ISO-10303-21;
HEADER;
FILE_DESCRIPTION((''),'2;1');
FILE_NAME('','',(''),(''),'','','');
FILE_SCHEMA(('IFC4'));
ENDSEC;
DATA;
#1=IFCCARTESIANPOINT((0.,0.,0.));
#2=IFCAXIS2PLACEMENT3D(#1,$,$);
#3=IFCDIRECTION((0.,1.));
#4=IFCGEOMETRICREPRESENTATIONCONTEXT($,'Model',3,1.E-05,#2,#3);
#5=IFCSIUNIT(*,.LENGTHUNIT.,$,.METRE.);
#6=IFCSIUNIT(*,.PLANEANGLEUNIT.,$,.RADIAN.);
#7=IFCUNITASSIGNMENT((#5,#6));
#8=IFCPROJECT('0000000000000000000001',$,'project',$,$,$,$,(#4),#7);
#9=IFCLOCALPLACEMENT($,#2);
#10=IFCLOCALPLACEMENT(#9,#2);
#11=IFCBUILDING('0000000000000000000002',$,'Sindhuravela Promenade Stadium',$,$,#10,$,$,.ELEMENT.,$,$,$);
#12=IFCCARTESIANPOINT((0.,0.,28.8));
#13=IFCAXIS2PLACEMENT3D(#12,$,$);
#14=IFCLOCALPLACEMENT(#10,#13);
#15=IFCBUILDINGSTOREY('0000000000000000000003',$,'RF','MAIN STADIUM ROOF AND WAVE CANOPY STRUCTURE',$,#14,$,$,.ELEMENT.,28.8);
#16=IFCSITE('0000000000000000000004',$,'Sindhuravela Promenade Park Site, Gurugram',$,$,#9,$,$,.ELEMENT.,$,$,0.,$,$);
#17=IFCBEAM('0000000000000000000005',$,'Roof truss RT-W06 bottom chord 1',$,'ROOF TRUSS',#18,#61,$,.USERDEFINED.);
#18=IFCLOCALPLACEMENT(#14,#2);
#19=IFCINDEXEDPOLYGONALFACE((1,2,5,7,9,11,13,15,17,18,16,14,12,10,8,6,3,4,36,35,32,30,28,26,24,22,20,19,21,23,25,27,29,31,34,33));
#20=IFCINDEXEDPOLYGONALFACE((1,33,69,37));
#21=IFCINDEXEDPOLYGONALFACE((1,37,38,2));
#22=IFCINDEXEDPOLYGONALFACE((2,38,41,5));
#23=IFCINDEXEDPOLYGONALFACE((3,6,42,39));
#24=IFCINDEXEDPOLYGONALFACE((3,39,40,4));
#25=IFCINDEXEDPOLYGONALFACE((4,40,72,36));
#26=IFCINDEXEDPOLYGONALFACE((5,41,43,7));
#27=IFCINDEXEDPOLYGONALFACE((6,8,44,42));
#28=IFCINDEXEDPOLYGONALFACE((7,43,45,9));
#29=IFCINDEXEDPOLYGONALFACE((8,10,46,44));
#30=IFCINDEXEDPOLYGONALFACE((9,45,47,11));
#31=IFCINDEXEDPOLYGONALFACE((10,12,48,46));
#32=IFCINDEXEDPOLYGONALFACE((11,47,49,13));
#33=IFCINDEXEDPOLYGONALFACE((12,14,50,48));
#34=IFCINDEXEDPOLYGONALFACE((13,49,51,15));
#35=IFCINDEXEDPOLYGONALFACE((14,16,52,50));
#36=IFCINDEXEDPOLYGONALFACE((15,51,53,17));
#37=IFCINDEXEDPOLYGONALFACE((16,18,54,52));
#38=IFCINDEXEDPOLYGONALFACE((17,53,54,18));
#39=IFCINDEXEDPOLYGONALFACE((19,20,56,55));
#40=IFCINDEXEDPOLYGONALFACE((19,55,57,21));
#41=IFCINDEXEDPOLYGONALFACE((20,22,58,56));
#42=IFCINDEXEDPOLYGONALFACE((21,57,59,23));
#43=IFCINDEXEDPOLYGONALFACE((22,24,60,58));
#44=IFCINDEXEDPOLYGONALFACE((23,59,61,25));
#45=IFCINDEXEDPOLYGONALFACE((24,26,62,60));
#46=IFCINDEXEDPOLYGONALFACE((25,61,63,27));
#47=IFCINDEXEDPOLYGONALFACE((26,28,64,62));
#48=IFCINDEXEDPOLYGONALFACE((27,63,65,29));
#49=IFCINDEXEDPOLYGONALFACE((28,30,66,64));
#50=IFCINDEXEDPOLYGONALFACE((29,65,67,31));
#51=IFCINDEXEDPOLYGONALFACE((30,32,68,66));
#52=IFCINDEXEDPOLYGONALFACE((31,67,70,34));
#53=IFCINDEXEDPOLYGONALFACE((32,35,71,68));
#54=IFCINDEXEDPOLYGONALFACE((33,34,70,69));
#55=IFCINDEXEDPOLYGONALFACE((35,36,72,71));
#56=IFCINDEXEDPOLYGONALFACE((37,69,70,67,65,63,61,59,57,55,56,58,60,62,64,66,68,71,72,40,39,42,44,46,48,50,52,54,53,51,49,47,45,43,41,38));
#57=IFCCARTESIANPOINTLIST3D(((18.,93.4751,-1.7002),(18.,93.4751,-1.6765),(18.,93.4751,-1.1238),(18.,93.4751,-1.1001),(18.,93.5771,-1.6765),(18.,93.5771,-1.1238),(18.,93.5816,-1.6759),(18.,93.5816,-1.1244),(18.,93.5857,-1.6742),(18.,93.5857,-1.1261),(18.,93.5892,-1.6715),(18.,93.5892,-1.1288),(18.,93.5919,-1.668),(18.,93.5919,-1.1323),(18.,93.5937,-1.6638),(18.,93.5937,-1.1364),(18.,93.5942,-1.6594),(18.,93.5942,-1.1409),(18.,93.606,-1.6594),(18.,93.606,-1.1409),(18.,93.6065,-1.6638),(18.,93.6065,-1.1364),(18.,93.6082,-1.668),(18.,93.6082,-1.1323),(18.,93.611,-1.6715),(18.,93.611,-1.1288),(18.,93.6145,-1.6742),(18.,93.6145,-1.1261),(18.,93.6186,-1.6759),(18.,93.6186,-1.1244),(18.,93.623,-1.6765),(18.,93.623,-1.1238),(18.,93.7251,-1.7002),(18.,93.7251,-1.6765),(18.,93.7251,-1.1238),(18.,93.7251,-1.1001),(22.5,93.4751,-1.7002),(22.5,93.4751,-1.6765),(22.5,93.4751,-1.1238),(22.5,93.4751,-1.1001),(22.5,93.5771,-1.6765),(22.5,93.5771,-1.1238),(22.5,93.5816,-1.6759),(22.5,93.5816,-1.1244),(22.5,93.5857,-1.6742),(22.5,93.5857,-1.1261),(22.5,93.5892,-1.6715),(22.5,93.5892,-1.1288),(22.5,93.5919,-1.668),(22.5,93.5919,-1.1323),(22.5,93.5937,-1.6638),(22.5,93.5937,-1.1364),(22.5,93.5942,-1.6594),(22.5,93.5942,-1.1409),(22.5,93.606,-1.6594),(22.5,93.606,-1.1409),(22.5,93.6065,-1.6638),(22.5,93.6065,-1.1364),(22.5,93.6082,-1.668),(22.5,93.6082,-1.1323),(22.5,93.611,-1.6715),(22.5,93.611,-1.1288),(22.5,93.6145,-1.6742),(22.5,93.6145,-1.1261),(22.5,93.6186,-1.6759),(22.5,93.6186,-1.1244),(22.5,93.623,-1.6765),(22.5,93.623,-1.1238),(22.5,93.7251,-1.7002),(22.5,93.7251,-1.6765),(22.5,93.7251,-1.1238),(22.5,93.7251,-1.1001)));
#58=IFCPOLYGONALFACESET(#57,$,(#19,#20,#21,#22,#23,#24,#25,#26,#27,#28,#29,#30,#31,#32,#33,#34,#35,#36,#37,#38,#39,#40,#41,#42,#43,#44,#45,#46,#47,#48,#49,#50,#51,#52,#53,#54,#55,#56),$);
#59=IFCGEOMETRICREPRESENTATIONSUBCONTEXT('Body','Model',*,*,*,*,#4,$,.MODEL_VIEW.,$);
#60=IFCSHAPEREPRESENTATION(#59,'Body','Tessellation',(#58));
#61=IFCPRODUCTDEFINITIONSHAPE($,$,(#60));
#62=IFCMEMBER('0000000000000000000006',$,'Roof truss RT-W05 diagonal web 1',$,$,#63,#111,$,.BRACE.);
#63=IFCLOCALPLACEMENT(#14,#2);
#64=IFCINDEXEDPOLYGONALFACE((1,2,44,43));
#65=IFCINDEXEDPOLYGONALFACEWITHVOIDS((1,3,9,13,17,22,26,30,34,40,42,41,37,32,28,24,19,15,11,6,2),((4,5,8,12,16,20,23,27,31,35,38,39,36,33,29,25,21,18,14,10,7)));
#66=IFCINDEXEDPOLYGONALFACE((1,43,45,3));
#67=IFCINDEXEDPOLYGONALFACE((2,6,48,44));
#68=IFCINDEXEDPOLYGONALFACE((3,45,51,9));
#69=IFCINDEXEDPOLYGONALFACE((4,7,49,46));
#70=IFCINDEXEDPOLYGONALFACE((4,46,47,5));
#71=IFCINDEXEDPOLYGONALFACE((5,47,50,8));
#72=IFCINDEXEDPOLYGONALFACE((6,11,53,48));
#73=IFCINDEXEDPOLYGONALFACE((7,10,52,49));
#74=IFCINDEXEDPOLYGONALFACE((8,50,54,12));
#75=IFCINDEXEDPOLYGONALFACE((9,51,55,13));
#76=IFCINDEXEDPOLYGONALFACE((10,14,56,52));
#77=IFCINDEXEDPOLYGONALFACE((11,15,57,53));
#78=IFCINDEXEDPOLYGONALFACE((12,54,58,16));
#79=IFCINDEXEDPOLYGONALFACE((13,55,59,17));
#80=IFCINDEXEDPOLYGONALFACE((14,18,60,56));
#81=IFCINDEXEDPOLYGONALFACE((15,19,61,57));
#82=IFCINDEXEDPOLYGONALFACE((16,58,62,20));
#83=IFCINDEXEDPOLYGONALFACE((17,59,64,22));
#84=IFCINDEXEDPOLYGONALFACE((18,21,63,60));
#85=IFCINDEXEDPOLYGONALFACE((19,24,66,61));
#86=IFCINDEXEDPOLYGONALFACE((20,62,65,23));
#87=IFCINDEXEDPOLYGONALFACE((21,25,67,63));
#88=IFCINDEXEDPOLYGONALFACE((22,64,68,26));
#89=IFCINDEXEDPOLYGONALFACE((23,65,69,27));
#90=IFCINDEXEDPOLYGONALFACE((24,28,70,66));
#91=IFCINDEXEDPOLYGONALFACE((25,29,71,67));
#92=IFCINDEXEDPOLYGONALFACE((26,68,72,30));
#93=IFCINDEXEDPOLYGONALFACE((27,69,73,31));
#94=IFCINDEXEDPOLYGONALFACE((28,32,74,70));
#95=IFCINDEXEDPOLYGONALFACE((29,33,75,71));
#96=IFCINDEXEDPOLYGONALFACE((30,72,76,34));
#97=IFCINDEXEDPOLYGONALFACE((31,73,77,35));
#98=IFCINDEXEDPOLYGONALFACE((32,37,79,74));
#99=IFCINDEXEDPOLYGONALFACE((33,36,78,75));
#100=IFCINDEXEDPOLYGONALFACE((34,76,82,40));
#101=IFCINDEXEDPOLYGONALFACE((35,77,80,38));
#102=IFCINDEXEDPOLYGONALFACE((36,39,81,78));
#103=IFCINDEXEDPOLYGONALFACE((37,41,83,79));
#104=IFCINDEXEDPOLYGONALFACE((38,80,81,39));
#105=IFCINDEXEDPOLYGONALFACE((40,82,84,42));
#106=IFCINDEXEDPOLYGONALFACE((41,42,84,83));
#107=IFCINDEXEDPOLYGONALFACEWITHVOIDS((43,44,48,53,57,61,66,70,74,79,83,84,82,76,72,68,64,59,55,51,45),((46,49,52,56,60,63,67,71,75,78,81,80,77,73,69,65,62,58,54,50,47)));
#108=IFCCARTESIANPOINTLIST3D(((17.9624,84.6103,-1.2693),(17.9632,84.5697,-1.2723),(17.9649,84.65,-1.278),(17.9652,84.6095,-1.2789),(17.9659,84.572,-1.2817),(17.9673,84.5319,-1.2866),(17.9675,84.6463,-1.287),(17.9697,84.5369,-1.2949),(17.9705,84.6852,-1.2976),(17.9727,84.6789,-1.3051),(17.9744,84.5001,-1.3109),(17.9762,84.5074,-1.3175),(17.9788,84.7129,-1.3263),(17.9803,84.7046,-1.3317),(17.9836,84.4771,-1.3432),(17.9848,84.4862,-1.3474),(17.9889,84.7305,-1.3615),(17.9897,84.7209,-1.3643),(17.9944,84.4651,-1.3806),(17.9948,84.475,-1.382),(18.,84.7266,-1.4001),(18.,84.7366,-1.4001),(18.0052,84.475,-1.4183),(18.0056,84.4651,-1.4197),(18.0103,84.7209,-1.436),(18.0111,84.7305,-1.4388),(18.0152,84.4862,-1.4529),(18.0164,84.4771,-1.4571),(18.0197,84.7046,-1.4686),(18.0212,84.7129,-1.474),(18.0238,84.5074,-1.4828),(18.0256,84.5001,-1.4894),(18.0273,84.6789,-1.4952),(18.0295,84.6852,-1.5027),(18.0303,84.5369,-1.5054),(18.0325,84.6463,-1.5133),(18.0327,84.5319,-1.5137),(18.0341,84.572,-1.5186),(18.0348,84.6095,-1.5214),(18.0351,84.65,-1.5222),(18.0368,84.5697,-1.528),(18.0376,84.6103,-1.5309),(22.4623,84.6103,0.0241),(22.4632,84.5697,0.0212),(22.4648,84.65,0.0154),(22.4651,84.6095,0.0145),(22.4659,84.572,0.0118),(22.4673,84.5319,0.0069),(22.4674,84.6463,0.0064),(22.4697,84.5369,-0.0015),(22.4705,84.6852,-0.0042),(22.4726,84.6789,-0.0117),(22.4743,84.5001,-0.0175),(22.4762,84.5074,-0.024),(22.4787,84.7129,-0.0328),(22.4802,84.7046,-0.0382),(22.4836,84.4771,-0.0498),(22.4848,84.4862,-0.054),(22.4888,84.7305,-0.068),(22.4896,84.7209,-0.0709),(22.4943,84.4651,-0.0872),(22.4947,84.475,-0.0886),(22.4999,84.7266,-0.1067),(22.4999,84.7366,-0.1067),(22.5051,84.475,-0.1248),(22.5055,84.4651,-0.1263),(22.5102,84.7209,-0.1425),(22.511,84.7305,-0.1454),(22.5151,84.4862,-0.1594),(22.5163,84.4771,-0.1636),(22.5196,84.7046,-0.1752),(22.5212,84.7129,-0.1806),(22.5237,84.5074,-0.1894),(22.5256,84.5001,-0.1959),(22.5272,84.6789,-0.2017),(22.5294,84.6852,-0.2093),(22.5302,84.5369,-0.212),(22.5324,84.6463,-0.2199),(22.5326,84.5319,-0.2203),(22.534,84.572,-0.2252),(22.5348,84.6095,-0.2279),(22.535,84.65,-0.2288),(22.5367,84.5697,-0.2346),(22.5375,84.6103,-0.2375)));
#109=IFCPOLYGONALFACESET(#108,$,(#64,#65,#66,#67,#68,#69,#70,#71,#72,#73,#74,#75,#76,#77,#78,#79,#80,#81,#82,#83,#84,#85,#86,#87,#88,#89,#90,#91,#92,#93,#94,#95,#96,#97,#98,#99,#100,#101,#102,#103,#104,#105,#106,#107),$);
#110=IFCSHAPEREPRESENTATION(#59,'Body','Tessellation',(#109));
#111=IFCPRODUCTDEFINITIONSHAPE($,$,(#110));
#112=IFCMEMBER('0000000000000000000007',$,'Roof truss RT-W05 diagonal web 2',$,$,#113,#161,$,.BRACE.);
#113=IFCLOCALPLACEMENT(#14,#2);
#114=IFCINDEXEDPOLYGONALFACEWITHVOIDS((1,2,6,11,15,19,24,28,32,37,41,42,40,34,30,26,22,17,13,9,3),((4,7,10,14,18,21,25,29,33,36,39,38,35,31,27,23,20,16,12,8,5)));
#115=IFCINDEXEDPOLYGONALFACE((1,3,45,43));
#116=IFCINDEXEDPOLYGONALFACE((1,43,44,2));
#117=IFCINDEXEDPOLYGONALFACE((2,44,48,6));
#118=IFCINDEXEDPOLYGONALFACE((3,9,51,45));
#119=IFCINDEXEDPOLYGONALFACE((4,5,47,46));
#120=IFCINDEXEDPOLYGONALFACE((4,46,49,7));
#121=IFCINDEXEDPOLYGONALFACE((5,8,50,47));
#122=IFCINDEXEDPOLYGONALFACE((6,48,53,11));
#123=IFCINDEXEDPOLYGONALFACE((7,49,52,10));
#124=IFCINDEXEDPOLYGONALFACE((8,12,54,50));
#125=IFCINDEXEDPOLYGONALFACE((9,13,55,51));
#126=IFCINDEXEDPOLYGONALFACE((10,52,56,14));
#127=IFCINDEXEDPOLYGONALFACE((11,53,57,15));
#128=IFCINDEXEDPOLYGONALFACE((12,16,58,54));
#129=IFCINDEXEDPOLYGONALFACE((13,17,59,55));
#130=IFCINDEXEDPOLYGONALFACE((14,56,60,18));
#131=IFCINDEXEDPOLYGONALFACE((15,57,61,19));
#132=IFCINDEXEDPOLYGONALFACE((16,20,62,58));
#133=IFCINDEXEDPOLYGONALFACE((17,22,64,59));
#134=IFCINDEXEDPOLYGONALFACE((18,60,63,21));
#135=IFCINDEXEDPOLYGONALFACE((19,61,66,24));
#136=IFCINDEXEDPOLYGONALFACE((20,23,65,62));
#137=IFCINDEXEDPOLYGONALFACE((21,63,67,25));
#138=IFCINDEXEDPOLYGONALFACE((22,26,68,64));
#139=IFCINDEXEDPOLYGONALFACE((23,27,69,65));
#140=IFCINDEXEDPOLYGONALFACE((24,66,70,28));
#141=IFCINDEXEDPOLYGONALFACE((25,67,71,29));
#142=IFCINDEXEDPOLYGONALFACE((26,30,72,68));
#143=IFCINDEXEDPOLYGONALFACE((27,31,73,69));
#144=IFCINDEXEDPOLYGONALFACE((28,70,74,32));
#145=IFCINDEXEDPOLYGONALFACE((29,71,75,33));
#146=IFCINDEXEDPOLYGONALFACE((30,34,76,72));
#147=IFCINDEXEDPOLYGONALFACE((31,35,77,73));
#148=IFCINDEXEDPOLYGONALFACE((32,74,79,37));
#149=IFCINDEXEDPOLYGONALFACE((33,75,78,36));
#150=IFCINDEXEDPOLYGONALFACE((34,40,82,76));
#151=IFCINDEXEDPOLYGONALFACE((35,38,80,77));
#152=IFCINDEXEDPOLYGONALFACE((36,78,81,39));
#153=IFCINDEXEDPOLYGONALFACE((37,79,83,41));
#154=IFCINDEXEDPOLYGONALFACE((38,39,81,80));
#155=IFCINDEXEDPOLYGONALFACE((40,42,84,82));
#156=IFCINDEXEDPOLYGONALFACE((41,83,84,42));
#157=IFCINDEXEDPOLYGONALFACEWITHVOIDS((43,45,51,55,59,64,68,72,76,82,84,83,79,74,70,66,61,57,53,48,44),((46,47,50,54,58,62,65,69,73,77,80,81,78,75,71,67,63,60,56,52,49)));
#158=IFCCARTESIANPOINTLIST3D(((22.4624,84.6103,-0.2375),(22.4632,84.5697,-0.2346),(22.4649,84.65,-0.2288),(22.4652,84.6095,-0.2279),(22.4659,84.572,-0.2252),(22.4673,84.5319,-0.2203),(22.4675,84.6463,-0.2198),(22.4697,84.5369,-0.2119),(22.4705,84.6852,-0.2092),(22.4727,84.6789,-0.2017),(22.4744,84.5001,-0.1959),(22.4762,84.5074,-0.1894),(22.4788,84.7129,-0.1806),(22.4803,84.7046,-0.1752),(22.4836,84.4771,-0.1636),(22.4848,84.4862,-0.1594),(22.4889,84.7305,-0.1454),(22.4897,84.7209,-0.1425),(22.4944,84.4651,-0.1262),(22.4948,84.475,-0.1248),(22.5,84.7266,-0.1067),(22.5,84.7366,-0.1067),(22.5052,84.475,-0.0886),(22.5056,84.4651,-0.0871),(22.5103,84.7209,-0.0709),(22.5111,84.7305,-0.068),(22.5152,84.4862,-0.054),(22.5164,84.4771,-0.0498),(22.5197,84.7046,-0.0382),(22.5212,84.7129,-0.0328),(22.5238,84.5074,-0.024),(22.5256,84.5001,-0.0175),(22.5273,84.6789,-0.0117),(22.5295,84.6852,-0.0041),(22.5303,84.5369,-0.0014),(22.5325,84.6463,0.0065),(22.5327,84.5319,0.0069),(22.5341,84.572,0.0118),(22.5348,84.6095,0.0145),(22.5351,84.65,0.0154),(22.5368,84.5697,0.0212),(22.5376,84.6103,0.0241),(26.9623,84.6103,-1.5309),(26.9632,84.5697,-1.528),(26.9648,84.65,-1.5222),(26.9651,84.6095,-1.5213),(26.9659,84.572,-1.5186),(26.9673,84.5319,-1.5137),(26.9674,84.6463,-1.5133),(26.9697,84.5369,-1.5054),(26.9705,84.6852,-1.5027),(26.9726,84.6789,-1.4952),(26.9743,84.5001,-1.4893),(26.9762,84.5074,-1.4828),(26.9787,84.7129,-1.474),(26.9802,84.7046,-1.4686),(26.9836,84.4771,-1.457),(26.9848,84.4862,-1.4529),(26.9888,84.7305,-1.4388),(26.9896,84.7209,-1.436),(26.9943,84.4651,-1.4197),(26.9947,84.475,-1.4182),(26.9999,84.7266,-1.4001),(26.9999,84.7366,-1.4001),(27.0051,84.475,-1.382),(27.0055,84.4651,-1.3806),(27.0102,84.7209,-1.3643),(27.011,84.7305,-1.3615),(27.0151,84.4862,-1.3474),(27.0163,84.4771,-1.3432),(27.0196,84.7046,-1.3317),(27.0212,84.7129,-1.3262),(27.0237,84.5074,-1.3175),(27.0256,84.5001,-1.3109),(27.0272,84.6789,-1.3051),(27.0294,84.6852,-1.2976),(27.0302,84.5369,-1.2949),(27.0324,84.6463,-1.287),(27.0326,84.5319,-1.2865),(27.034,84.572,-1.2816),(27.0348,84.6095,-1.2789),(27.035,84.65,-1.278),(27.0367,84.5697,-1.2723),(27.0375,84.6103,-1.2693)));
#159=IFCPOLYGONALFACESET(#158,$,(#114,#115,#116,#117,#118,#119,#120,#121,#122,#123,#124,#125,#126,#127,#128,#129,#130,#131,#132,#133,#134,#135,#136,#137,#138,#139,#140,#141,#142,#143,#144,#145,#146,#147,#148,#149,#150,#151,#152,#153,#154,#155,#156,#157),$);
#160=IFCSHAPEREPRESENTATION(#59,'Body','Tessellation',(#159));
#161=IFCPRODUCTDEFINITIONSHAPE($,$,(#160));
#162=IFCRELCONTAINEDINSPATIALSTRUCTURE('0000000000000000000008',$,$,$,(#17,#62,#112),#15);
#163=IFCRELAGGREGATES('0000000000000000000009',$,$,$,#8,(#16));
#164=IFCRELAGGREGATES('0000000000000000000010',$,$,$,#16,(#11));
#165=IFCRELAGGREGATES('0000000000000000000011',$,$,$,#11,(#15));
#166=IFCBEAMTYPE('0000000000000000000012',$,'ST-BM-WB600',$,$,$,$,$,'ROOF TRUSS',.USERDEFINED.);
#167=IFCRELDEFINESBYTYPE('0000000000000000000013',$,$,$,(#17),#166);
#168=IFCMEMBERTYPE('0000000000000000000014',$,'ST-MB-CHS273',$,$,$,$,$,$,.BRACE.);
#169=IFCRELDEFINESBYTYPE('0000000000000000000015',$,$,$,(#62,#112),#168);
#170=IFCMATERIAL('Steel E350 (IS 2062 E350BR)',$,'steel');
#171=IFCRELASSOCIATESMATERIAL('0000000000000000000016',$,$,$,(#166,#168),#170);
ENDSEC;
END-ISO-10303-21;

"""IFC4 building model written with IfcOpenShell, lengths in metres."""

from ifc_helpers import new_model, si_unit, direction, frame, origin, origin_2d, place, context, subcontext, project, spatial, hollow_circle, i_section, extrude, material, material_profile, profile_set, type_object, element, save


model = new_model("IFC4")

# Units and contexts
model_context = context("Model", 3, precision=1e-05, world=origin(), true_north=direction((0.0, 1.0)))
body_context = subcontext(model_context, "Body", "Model", "MODEL_VIEW")
ifc_project = project(units=[si_unit("LENGTHUNIT", "METRE"), si_unit("PLANEANGLEUNIT", "RADIAN")], contexts=[model_context])

# Site, building, storey
site_placement = place(None, origin())
site = spatial("IfcSite", under=ifc_project, at=site_placement, Name="Sindhuravela Promenade Park Site, Gurugram", CompositionType="ELEMENT", RefElevation=0.0)
building_placement = place(site_placement, origin())
building = spatial("IfcBuilding", under=site, at=building_placement, Name="Sindhuravela Promenade Stadium", CompositionType="ELEMENT")
storey_placement = place(building_placement, frame((0.0, 0.0, 28.8)))
storey = spatial("IfcBuildingStorey", under=building, at=storey_placement, Name="RF", Description="MAIN STADIUM ROOF AND WAVE CANOPY STRUCTURE", CompositionType="ELEMENT", Elevation=28.8)

# Beam
ifc_material_1 = material(Name="Steel E350 (IS 2062 E350BR)", Category="steel")
ifc_material_profile_1 = material_profile(ifc_material_1, i_section(OverallWidth=0.25, OverallDepth=0.6001, WebThickness=0.0117, FlangeThickness=0.0237, FilletRadius=0.0171, at=origin_2d()), Name="ISWB 600")
ifc_profile_set_1 = profile_set([ifc_material_profile_1], Name="Steel E350 (IS 2062 E350BR)")
beam_type_1 = type_object("IfcBeamType", Name="ST-BM-WB600", ElementType="ROOF TRUSS", PredefinedType="USERDEFINED", material=ifc_profile_set_1)
beam_1_placement = place(storey_placement, frame((18.0, 93.6001, -1.4001), z_axis=(1.0, 0.0, 0.0), x_axis=(0.0, 1.0, 0.0)))
element("IfcBeam", 1, at=beam_1_placement, inside=storey, type_object=beam_type_1, Name="Roof truss RT-W06 bottom chord 1", ObjectType="ROOF TRUSS", PredefinedType="USERDEFINED", context=body_context, shape_type="SweptSolid", body=[
    extrude(i_section(OverallWidth=0.25, OverallDepth=0.6001, WebThickness=0.0117, FlangeThickness=0.0237, FilletRadius=0.0171, at=origin_2d()), origin(), (0.0, 0.0, 1.0), 4.5),
])

# Members
ifc_material_profile_2 = material_profile(ifc_material_1, hollow_circle(Radius=0.1365, WallThickness=0.01, at=origin_2d()), Name="CHS 273.0x10")
ifc_profile_set_2 = profile_set([ifc_material_profile_2], Name="Steel E350 (IS 2062 E350BR)")
member_type_1 = type_object("IfcMemberType", Name="ST-MB-CHS273", PredefinedType="BRACE", material=ifc_profile_set_2)
for number, where, z_axis, x_axis, name in (
    (2, (18.0, 84.6001, -1.4001), (0.961086, 0.0, 0.27625), (0.0, 1.0, 0.0), "Roof truss RT-W05 diagonal web 1"),
    (3, (22.5, 84.6001, -0.1067), (0.961086, 0.0, -0.27625), (0.0, 1.0, 0.0), "Roof truss RT-W05 diagonal web 2"),
):
    element("IfcMember", number, at=place(storey_placement, frame(where, z_axis=z_axis, x_axis=x_axis)), inside=storey, type_object=member_type_1, Name=name, PredefinedType="BRACE", context=body_context, shape_type="SweptSolid", body=[
        extrude(hollow_circle(Radius=0.1365, WallThickness=0.01, at=origin_2d()), origin(), (0.0, 0.0, 1.0), 4.6821),
    ])

save(model, "model.ifc")
